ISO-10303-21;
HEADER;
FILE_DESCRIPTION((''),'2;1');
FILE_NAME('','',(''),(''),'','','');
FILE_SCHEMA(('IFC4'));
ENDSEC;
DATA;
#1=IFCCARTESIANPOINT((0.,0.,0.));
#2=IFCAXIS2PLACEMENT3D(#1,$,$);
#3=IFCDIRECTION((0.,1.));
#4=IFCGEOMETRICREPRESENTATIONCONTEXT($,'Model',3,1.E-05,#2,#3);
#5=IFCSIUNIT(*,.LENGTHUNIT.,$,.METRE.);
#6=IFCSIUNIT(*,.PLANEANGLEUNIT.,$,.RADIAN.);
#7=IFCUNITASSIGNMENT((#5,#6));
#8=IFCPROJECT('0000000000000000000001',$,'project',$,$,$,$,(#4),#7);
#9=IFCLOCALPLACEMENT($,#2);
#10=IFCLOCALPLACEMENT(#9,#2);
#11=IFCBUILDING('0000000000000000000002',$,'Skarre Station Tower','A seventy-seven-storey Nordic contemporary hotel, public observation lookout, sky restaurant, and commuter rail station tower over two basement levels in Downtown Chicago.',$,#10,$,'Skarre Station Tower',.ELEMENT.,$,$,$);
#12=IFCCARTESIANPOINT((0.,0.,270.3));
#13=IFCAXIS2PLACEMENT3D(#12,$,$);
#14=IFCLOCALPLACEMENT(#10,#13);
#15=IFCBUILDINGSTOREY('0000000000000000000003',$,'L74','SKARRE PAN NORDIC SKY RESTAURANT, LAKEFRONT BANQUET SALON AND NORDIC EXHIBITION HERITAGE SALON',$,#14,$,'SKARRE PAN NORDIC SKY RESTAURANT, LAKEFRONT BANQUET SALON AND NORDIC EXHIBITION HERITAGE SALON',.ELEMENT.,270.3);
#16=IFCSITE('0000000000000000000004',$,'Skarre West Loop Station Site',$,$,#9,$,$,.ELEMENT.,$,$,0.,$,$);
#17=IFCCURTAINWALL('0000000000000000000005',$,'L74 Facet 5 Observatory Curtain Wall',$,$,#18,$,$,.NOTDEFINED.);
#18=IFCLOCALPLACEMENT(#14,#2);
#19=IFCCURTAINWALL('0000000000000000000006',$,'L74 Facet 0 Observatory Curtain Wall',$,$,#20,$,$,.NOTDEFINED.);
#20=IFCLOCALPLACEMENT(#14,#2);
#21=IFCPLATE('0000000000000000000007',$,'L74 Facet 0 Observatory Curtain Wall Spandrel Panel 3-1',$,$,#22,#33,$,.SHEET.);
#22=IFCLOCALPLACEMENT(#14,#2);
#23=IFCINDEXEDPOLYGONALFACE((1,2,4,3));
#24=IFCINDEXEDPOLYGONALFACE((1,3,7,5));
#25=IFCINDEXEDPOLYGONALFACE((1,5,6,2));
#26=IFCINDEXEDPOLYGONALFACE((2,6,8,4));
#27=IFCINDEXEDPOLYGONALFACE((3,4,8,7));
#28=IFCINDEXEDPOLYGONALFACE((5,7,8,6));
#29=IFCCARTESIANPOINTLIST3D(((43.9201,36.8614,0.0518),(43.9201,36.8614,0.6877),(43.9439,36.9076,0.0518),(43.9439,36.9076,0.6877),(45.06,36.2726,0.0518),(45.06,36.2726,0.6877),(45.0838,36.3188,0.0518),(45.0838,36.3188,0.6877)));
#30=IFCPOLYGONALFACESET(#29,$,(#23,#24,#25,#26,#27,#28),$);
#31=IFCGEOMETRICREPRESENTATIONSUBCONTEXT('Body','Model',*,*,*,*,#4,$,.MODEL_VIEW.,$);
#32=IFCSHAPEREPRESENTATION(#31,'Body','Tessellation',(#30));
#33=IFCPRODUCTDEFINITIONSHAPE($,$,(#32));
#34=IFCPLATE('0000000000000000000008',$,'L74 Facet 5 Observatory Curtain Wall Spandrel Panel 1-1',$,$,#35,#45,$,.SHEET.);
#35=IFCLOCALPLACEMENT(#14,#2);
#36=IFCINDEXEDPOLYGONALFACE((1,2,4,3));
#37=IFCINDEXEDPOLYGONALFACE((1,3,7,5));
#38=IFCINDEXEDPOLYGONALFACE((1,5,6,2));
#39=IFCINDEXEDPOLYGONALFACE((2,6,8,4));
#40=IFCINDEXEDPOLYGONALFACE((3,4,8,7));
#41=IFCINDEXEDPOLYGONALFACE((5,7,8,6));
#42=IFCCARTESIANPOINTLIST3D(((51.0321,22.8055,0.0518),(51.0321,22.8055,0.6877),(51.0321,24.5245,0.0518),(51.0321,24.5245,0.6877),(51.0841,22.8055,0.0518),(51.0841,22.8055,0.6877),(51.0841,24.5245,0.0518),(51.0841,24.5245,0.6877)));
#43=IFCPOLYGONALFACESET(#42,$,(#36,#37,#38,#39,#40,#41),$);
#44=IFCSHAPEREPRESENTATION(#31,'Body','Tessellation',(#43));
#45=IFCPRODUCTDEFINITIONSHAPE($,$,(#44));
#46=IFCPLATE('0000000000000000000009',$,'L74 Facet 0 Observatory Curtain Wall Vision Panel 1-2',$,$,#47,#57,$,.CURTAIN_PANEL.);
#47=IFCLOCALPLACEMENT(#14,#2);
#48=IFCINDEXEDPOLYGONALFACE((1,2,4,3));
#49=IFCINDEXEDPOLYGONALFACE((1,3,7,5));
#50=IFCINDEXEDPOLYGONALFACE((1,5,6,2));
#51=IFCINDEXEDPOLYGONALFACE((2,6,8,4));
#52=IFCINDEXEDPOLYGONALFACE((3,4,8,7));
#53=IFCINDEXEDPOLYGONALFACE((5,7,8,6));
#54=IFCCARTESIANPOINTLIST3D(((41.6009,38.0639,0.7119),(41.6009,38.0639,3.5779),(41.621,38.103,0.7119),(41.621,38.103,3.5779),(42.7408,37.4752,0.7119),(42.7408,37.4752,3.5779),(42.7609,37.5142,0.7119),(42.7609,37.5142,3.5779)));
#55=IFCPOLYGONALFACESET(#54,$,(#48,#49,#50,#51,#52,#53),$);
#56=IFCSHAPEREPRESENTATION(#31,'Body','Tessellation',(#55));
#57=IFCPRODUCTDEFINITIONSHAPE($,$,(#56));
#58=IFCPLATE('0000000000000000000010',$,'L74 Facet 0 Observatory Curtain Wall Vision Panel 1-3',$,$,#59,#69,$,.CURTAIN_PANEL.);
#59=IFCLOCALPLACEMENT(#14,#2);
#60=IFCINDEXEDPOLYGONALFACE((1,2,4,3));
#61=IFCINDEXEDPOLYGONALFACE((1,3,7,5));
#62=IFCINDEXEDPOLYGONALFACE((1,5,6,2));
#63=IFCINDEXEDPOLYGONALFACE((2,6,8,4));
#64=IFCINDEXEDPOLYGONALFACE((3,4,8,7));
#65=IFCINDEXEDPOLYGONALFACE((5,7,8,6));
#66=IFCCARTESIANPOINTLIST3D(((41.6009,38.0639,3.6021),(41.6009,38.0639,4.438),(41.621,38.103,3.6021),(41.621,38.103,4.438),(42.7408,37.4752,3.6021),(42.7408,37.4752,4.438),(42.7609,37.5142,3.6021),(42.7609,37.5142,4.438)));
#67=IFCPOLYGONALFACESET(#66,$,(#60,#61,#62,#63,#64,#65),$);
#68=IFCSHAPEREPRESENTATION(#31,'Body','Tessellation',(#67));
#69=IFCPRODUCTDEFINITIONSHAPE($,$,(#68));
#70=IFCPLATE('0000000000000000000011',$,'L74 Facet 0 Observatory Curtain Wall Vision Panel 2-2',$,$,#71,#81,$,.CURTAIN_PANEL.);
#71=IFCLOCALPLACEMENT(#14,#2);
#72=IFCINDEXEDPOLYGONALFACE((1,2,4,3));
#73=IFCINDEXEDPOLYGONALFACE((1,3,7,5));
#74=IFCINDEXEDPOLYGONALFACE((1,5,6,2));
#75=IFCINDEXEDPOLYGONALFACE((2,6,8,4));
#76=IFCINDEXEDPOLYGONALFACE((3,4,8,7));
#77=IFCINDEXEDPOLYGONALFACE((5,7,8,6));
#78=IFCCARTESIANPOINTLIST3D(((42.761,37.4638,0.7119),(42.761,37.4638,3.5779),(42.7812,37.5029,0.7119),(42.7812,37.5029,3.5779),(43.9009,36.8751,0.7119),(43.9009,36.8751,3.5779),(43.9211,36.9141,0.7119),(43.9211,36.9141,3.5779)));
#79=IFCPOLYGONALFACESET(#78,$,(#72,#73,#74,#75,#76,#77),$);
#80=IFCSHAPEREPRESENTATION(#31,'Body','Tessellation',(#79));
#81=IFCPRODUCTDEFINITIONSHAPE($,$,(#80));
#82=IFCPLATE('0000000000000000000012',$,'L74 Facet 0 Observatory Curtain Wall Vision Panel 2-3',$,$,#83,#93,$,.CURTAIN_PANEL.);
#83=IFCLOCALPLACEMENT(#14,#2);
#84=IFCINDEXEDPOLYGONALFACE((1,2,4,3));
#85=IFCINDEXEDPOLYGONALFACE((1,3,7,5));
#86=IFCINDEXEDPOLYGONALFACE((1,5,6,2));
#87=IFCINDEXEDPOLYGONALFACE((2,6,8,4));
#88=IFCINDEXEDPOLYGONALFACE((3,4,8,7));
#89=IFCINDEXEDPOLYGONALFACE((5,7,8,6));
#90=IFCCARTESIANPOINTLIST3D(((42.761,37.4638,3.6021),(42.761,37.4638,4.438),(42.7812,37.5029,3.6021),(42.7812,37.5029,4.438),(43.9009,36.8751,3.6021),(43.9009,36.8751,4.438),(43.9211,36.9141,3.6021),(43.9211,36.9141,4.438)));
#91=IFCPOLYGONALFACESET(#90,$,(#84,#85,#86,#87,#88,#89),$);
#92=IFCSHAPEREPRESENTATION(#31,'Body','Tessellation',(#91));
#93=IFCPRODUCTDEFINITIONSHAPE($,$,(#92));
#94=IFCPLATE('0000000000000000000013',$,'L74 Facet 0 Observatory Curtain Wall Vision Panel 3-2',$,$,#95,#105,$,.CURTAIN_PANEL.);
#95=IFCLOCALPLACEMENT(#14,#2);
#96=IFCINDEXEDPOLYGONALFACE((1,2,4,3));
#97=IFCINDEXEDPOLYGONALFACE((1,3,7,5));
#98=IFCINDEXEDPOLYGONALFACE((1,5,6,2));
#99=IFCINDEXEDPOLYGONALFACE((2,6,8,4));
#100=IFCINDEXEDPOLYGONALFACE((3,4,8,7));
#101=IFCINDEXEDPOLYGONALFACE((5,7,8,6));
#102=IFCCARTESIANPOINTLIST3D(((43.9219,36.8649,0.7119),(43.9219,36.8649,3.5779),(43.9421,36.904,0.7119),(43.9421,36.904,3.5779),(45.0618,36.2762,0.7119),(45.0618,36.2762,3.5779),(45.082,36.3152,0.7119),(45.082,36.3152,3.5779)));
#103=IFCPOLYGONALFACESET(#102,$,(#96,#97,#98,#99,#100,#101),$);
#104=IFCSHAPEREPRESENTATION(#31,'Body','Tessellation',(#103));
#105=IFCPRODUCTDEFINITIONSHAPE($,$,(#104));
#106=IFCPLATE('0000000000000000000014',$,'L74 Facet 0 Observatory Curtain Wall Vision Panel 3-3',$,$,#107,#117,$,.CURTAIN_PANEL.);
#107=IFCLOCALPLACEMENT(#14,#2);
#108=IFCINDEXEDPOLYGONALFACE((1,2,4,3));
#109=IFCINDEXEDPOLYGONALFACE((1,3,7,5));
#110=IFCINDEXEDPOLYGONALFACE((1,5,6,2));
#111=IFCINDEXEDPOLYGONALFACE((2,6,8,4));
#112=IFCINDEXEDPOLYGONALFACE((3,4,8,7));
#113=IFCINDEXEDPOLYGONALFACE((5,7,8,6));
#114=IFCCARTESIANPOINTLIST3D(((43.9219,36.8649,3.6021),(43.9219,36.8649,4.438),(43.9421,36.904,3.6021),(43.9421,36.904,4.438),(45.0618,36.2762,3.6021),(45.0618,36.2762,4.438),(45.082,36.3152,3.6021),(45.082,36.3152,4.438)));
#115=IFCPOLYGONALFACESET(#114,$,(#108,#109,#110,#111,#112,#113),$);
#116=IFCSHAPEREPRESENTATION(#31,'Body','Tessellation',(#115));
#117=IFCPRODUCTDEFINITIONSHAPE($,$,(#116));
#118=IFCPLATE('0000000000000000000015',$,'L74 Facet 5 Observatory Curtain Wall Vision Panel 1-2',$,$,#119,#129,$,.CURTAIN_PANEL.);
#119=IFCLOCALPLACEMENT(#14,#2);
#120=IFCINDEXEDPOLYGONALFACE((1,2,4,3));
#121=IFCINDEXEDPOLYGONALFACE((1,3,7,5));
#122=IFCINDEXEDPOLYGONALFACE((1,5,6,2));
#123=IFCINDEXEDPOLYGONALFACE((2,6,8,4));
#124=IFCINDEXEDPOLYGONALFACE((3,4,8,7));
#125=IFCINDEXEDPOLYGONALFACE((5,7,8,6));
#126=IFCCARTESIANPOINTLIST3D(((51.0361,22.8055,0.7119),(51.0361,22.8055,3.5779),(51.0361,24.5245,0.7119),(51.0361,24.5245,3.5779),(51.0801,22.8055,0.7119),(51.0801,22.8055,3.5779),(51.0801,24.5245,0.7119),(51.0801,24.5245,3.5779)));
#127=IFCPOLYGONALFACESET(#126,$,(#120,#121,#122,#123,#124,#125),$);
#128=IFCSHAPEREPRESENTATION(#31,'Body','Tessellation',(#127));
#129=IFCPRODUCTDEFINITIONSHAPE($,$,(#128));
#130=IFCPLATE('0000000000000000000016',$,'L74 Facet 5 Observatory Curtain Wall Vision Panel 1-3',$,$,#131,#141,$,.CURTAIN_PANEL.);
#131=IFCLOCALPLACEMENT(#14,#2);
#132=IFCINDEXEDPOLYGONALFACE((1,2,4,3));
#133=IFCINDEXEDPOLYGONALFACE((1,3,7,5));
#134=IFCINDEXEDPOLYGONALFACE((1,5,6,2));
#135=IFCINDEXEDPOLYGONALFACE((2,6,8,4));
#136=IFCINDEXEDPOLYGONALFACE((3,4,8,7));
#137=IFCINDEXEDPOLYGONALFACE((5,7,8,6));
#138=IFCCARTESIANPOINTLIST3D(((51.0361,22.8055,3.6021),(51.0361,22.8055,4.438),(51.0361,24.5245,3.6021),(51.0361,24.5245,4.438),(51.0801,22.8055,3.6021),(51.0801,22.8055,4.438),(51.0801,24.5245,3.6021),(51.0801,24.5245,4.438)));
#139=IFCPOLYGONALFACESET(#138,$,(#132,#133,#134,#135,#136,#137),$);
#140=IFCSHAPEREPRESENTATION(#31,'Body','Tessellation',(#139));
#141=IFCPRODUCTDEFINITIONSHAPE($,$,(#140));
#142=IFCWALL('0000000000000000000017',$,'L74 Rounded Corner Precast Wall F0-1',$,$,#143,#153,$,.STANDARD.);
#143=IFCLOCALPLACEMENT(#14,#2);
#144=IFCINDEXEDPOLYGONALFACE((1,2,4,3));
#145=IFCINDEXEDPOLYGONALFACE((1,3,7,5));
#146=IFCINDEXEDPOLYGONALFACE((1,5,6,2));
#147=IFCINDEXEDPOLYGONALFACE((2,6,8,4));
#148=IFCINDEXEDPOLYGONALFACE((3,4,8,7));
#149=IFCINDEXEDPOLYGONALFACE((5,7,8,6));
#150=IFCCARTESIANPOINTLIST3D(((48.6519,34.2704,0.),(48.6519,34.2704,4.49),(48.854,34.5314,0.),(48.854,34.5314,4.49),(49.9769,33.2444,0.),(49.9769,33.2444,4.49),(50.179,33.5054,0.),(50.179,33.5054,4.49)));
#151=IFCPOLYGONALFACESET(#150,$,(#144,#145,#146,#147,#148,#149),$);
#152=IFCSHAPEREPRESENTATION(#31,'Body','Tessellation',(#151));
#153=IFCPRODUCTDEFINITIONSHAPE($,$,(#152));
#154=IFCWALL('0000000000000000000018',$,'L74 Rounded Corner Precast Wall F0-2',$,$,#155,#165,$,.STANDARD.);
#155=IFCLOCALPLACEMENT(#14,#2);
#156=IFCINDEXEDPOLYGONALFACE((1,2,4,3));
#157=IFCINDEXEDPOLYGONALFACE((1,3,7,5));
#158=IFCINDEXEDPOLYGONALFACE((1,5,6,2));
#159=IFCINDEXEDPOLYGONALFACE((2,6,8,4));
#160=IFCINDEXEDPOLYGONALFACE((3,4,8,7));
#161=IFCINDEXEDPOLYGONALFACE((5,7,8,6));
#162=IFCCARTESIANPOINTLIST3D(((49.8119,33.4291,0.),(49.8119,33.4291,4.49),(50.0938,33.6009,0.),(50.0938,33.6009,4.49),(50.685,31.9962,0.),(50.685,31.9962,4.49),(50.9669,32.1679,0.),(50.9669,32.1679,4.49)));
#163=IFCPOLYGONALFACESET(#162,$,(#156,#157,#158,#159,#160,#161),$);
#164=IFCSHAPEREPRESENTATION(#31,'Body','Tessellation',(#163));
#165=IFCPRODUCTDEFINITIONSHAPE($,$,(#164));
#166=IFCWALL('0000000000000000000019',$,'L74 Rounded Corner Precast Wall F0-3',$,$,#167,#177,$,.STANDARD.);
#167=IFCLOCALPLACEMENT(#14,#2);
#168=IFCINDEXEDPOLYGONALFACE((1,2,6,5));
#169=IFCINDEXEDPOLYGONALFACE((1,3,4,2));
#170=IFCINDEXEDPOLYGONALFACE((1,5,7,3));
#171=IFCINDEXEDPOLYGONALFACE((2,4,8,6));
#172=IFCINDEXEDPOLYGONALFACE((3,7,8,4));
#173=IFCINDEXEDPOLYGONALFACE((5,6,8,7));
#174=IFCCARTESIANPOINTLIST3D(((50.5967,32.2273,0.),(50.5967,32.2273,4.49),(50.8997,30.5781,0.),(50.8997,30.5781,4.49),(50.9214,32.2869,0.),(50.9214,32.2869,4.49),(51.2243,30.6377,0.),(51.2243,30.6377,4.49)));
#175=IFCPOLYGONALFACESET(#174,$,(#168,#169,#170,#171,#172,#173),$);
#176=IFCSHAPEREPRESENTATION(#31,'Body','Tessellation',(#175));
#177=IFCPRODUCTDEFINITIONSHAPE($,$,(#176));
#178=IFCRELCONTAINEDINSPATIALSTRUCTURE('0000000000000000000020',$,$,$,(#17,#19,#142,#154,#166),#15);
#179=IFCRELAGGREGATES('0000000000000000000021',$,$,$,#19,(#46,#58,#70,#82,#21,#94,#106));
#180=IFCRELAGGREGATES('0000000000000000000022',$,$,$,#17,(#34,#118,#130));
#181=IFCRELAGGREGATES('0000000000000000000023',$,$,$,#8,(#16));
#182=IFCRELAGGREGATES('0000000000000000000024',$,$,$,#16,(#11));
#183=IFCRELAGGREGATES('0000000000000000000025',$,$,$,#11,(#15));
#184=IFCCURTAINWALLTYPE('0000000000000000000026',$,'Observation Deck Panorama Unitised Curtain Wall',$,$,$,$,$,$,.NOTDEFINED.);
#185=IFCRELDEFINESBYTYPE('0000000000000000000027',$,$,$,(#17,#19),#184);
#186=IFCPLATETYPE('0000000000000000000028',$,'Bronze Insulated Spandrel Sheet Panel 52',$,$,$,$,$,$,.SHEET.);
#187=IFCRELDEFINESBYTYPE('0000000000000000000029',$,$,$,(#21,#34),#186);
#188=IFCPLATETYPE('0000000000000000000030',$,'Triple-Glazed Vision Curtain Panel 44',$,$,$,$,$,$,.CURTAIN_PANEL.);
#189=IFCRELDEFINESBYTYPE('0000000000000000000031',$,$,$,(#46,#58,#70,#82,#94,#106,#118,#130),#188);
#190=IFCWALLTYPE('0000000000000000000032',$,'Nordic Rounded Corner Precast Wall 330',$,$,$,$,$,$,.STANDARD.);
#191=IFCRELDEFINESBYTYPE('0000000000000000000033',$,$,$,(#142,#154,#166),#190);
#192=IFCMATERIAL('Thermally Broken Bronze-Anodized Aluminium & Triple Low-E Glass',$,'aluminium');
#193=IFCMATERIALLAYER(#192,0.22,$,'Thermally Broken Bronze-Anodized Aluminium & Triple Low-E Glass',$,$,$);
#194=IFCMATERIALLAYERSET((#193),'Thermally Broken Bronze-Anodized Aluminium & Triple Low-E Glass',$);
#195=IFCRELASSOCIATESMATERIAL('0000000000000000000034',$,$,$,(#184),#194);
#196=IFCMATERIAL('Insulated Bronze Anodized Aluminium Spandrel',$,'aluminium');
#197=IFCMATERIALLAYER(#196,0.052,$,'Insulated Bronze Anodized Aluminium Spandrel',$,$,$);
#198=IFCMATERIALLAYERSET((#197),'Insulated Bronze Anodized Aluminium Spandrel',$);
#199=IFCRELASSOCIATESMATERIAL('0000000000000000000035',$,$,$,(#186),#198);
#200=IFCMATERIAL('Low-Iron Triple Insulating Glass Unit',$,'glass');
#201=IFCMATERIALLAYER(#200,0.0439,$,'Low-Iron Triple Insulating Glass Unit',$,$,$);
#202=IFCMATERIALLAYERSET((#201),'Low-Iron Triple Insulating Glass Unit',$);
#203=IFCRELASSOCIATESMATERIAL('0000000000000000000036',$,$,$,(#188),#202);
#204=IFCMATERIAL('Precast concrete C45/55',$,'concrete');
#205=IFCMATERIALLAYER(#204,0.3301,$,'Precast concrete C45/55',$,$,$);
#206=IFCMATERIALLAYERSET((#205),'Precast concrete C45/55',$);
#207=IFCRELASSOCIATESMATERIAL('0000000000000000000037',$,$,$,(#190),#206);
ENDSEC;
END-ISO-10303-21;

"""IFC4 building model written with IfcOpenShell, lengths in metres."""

from ifc_helpers import new_model, si_unit, direction, frame, frame_2d, origin, origin_2d, place, context, subcontext, project, spatial, rectangle, extrude, material, layer, layer_set, type_object, element, aggregate, save


model = new_model("IFC4")

# Units and contexts
model_context = context("Model", 3, precision=1e-05, world=origin(), true_north=direction((0.0, 1.0)))
body_context = subcontext(model_context, "Body", "Model", "MODEL_VIEW")
ifc_project = project(units=[si_unit("LENGTHUNIT", "METRE"), si_unit("PLANEANGLEUNIT", "RADIAN")], contexts=[model_context])

# Site, building, storey
site_placement = place(None, origin())
site = spatial("IfcSite", under=ifc_project, at=site_placement, Name="Skarre West Loop Station Site", CompositionType="ELEMENT", RefElevation=0.0)
building_placement = place(site_placement, origin())
building = spatial("IfcBuilding", under=site, at=building_placement, Name="Skarre Station Tower", Description="A seventy-seven-storey Nordic contemporary hotel, public observation lookout, sky restaurant, and commuter rail station tower over two basement levels in Downtown Chicago.", LongName="Skarre Station Tower", CompositionType="ELEMENT")
storey_placement = place(building_placement, frame((0.0, 0.0, 270.3)))
storey = spatial("IfcBuildingStorey", under=building, at=storey_placement, Name="L74", Description="SKARRE PAN NORDIC SKY RESTAURANT, LAKEFRONT BANQUET SALON AND NORDIC EXHIBITION HERITAGE SALON", LongName="SKARRE PAN NORDIC SKY RESTAURANT, LAKEFRONT BANQUET SALON AND NORDIC EXHIBITION HERITAGE SALON", CompositionType="ELEMENT", Elevation=270.3)

# Curtain walls
ifc_material_1 = material(Name="Thermally Broken Bronze-Anodized Aluminium & Triple Low-E Glass", Category="aluminium")
ifc_layer_1 = layer(ifc_material_1, 0.22, Name="Thermally Broken Bronze-Anodized Aluminium & Triple Low-E Glass")
ifc_layer_set_1 = layer_set([ifc_layer_1], Name="Thermally Broken Bronze-Anodized Aluminium & Triple Low-E Glass")
curtain_wall_type = type_object("IfcCurtainWallType", Name="Observation Deck Panorama Unitised Curtain Wall", PredefinedType="NOTDEFINED", material=ifc_layer_set_1)
curtain_wall_1_placement = place(storey_placement, origin())
curtain_wall_1 = element("IfcCurtainWall", 1, at=curtain_wall_1_placement, inside=storey, type_object=curtain_wall_type, Name="L74 Facet 5 Observatory Curtain Wall", PredefinedType="NOTDEFINED")
curtain_wall_2_placement = place(storey_placement, origin())
curtain_wall_2 = element("IfcCurtainWall", 2, at=curtain_wall_2_placement, inside=storey, type_object=curtain_wall_type, Name="L74 Facet 0 Observatory Curtain Wall", PredefinedType="NOTDEFINED")

# Plates
ifc_material_2 = material(Name="Insulated Bronze Anodized Aluminium Spandrel", Category="aluminium")
ifc_layer_2 = layer(ifc_material_2, 0.052, Name="Insulated Bronze Anodized Aluminium Spandrel")
ifc_layer_set_2 = layer_set([ifc_layer_2], Name="Insulated Bronze Anodized Aluminium Spandrel")
plate_type_1 = type_object("IfcPlateType", Name="Bronze Insulated Spandrel Sheet Panel 52", PredefinedType="SHEET", material=ifc_layer_set_2)
plate_1_placement = place(storey_placement, frame((44.502, 36.5901, 0.0518), z_axis=(0.0, 0.0, 1.0), x_axis=(0.888481, -0.458913, 0.0)))
plate_1 = element("IfcPlate", 3, at=plate_1_placement, type_object=plate_type_1, Name="L74 Facet 0 Observatory Curtain Wall Spandrel Panel 3-1", PredefinedType="SHEET", context=body_context, shape_type="SweptSolid", body=[
    extrude(rectangle(XDim=1.283, YDim=0.052, at=origin_2d()), origin(), (0.0, 0.0, 1.0), 0.636),
])
plate_2_placement = place(storey_placement, frame((51.0581, 23.665, 0.0518), z_axis=(0.0, 0.0, 1.0), x_axis=(0.0, -1.0, 0.0)))
plate_2 = element("IfcPlate", 4, at=plate_2_placement, type_object=plate_type_1, Name="L74 Facet 5 Observatory Curtain Wall Spandrel Panel 1-1", PredefinedType="SHEET", context=body_context, shape_type="SweptSolid", body=[
    extrude(rectangle(XDim=1.719, YDim=0.052, at=origin_2d()), origin(), (0.0, 0.0, 1.0), 0.636),
])
ifc_material_3 = material(Name="Low-Iron Triple Insulating Glass Unit", Category="glass")
ifc_layer_3 = layer(ifc_material_3, 0.0439, Name="Low-Iron Triple Insulating Glass Unit")
ifc_layer_set_3 = layer_set([ifc_layer_3], Name="Low-Iron Triple Insulating Glass Unit")
plate_type_2 = type_object("IfcPlateType", Name="Triple-Glazed Vision Curtain Panel 44", PredefinedType="CURTAIN_PANEL", material=ifc_layer_set_3)
plate_3_placement = place(storey_placement, frame((42.1809, 37.7891, 0.7119), z_axis=(0.0, 0.0, 1.0), x_axis=(0.888481, -0.458913, 0.0)))
plate_3 = element("IfcPlate", 5, at=plate_3_placement, type_object=plate_type_2, Name="L74 Facet 0 Observatory Curtain Wall Vision Panel 1-2", PredefinedType="CURTAIN_PANEL", context=body_context, shape_type="SweptSolid", body=[
    extrude(rectangle(XDim=1.283, YDim=0.0439, at=origin_2d()), origin(), (0.0, 0.0, 1.0), 2.866),
])
plate_4_placement = place(storey_placement, frame((42.1809, 37.7891, 3.6021), z_axis=(0.0, 0.0, 1.0), x_axis=(0.888481, -0.458913, 0.0)))
plate_4 = element("IfcPlate", 6, at=plate_4_placement, type_object=plate_type_2, Name="L74 Facet 0 Observatory Curtain Wall Vision Panel 1-3", PredefinedType="CURTAIN_PANEL", context=body_context, shape_type="SweptSolid", body=[
    extrude(rectangle(XDim=1.283, YDim=0.0439, at=origin_2d()), origin(), (0.0, 0.0, 1.0), 0.8359),
])
plate_5_placement = place(storey_placement, frame((43.3411, 37.189, 0.7119), z_axis=(0.0, 0.0, 1.0), x_axis=(0.888481, -0.458913, 0.0)))
plate_5 = element("IfcPlate", 7, at=plate_5_placement, type_object=plate_type_2, Name="L74 Facet 0 Observatory Curtain Wall Vision Panel 2-2", PredefinedType="CURTAIN_PANEL", context=body_context, shape_type="SweptSolid", body=[
    extrude(rectangle(XDim=1.283, YDim=0.0439, at=origin_2d()), origin(), (0.0, 0.0, 1.0), 2.866),
])
plate_6_placement = place(storey_placement, frame((43.3411, 37.189, 3.6021), z_axis=(0.0, 0.0, 1.0), x_axis=(0.888481, -0.458913, 0.0)))
plate_6 = element("IfcPlate", 8, at=plate_6_placement, type_object=plate_type_2, Name="L74 Facet 0 Observatory Curtain Wall Vision Panel 2-3", PredefinedType="CURTAIN_PANEL", context=body_context, shape_type="SweptSolid", body=[
    extrude(rectangle(XDim=1.283, YDim=0.0439, at=origin_2d()), origin(), (0.0, 0.0, 1.0), 0.8359),
])
plate_7_placement = place(storey_placement, frame((44.502, 36.5901, 0.7119), z_axis=(0.0, 0.0, 1.0), x_axis=(0.888481, -0.458913, 0.0)))
plate_7 = element("IfcPlate", 9, at=plate_7_placement, type_object=plate_type_2, Name="L74 Facet 0 Observatory Curtain Wall Vision Panel 3-2", PredefinedType="CURTAIN_PANEL", context=body_context, shape_type="SweptSolid", body=[
    extrude(rectangle(XDim=1.283, YDim=0.0439, at=origin_2d()), origin(), (0.0, 0.0, 1.0), 2.866),
])
plate_8_placement = place(storey_placement, frame((44.502, 36.5901, 3.6021), z_axis=(0.0, 0.0, 1.0), x_axis=(0.888481, -0.458913, 0.0)))
plate_8 = element("IfcPlate", 10, at=plate_8_placement, type_object=plate_type_2, Name="L74 Facet 0 Observatory Curtain Wall Vision Panel 3-3", PredefinedType="CURTAIN_PANEL", context=body_context, shape_type="SweptSolid", body=[
    extrude(rectangle(XDim=1.283, YDim=0.0439, at=origin_2d()), origin(), (0.0, 0.0, 1.0), 0.8359),
])
aggregate(curtain_wall_2, [plate_3, plate_4, plate_5, plate_6, plate_1, plate_7, plate_8])
plate_9_placement = place(storey_placement, frame((51.0581, 23.665, 0.7119), z_axis=(0.0, 0.0, 1.0), x_axis=(0.0, -1.0, 0.0)))
plate_9 = element("IfcPlate", 11, at=plate_9_placement, type_object=plate_type_2, Name="L74 Facet 5 Observatory Curtain Wall Vision Panel 1-2", PredefinedType="CURTAIN_PANEL", context=body_context, shape_type="SweptSolid", body=[
    extrude(rectangle(XDim=1.719, YDim=0.0439, at=origin_2d()), origin(), (0.0, 0.0, 1.0), 2.866),
])
plate_10_placement = place(storey_placement, frame((51.0581, 23.665, 3.6021), z_axis=(0.0, 0.0, 1.0), x_axis=(0.0, -1.0, 0.0)))
plate_10 = element("IfcPlate", 12, at=plate_10_placement, type_object=plate_type_2, Name="L74 Facet 5 Observatory Curtain Wall Vision Panel 1-3", PredefinedType="CURTAIN_PANEL", context=body_context, shape_type="SweptSolid", body=[
    extrude(rectangle(XDim=1.719, YDim=0.0439, at=origin_2d()), origin(), (0.0, 0.0, 1.0), 0.8359),
])
aggregate(curtain_wall_1, [plate_2, plate_9, plate_10])

# Walls
ifc_material_4 = material(Name="Precast concrete C45/55", Category="concrete")
ifc_layer_4 = layer(ifc_material_4, 0.3301, Name="Precast concrete C45/55")
ifc_layer_set_4 = layer_set([ifc_layer_4], Name="Precast concrete C45/55")
wall_type_1 = type_object("IfcWallType", Name="Nordic Rounded Corner Precast Wall 330", PredefinedType="STANDARD", material=ifc_layer_set_4)
wall_1_placement = place(storey_placement, frame((48.7529, 34.4009, 0.0), z_axis=(0.0, 0.0, 1.0), x_axis=(0.790692, -0.612214, 0.0)))
element("IfcWall", 13, at=wall_1_placement, inside=storey, type_object=wall_type_1, Name="L74 Rounded Corner Precast Wall F0-1", PredefinedType="STANDARD", context=body_context, shape_type="SweptSolid", body=[
    extrude(rectangle(XDim=1.6758, YDim=0.3301, at=frame_2d((0.8379, 0.0))), origin(), (0.0, 0.0, 1.0), 4.49),
])
wall_2_placement = place(storey_placement, frame((49.9529, 33.5149, 0.0), z_axis=(0.0, 0.0, 1.0), x_axis=(0.520325, -0.853968, 0.0)))
element("IfcWall", 14, at=wall_2_placement, inside=storey, type_object=wall_type_1, Name="L74 Rounded Corner Precast Wall F0-2", PredefinedType="STANDARD", context=body_context, shape_type="SweptSolid", body=[
    extrude(rectangle(XDim=1.678, YDim=0.3301, at=frame_2d((0.8389, 0.0))), origin(), (0.0, 0.0, 1.0), 4.49),
])
wall_3_placement = place(storey_placement, frame((50.759, 32.2571, 0.0), z_axis=(0.0, 0.0, 1.0), x_axis=(0.180692, -0.98354, 0.0)))
element("IfcWall", 15, at=wall_3_placement, inside=storey, type_object=wall_type_1, Name="L74 Rounded Corner Precast Wall F0-3", PredefinedType="STANDARD", context=body_context, shape_type="SweptSolid", body=[
    extrude(rectangle(XDim=1.6768, YDim=0.3301, at=frame_2d((0.8384, 0.0))), origin(), (0.0, 0.0, 1.0), 4.49),
])

save(model, "model.ifc")
